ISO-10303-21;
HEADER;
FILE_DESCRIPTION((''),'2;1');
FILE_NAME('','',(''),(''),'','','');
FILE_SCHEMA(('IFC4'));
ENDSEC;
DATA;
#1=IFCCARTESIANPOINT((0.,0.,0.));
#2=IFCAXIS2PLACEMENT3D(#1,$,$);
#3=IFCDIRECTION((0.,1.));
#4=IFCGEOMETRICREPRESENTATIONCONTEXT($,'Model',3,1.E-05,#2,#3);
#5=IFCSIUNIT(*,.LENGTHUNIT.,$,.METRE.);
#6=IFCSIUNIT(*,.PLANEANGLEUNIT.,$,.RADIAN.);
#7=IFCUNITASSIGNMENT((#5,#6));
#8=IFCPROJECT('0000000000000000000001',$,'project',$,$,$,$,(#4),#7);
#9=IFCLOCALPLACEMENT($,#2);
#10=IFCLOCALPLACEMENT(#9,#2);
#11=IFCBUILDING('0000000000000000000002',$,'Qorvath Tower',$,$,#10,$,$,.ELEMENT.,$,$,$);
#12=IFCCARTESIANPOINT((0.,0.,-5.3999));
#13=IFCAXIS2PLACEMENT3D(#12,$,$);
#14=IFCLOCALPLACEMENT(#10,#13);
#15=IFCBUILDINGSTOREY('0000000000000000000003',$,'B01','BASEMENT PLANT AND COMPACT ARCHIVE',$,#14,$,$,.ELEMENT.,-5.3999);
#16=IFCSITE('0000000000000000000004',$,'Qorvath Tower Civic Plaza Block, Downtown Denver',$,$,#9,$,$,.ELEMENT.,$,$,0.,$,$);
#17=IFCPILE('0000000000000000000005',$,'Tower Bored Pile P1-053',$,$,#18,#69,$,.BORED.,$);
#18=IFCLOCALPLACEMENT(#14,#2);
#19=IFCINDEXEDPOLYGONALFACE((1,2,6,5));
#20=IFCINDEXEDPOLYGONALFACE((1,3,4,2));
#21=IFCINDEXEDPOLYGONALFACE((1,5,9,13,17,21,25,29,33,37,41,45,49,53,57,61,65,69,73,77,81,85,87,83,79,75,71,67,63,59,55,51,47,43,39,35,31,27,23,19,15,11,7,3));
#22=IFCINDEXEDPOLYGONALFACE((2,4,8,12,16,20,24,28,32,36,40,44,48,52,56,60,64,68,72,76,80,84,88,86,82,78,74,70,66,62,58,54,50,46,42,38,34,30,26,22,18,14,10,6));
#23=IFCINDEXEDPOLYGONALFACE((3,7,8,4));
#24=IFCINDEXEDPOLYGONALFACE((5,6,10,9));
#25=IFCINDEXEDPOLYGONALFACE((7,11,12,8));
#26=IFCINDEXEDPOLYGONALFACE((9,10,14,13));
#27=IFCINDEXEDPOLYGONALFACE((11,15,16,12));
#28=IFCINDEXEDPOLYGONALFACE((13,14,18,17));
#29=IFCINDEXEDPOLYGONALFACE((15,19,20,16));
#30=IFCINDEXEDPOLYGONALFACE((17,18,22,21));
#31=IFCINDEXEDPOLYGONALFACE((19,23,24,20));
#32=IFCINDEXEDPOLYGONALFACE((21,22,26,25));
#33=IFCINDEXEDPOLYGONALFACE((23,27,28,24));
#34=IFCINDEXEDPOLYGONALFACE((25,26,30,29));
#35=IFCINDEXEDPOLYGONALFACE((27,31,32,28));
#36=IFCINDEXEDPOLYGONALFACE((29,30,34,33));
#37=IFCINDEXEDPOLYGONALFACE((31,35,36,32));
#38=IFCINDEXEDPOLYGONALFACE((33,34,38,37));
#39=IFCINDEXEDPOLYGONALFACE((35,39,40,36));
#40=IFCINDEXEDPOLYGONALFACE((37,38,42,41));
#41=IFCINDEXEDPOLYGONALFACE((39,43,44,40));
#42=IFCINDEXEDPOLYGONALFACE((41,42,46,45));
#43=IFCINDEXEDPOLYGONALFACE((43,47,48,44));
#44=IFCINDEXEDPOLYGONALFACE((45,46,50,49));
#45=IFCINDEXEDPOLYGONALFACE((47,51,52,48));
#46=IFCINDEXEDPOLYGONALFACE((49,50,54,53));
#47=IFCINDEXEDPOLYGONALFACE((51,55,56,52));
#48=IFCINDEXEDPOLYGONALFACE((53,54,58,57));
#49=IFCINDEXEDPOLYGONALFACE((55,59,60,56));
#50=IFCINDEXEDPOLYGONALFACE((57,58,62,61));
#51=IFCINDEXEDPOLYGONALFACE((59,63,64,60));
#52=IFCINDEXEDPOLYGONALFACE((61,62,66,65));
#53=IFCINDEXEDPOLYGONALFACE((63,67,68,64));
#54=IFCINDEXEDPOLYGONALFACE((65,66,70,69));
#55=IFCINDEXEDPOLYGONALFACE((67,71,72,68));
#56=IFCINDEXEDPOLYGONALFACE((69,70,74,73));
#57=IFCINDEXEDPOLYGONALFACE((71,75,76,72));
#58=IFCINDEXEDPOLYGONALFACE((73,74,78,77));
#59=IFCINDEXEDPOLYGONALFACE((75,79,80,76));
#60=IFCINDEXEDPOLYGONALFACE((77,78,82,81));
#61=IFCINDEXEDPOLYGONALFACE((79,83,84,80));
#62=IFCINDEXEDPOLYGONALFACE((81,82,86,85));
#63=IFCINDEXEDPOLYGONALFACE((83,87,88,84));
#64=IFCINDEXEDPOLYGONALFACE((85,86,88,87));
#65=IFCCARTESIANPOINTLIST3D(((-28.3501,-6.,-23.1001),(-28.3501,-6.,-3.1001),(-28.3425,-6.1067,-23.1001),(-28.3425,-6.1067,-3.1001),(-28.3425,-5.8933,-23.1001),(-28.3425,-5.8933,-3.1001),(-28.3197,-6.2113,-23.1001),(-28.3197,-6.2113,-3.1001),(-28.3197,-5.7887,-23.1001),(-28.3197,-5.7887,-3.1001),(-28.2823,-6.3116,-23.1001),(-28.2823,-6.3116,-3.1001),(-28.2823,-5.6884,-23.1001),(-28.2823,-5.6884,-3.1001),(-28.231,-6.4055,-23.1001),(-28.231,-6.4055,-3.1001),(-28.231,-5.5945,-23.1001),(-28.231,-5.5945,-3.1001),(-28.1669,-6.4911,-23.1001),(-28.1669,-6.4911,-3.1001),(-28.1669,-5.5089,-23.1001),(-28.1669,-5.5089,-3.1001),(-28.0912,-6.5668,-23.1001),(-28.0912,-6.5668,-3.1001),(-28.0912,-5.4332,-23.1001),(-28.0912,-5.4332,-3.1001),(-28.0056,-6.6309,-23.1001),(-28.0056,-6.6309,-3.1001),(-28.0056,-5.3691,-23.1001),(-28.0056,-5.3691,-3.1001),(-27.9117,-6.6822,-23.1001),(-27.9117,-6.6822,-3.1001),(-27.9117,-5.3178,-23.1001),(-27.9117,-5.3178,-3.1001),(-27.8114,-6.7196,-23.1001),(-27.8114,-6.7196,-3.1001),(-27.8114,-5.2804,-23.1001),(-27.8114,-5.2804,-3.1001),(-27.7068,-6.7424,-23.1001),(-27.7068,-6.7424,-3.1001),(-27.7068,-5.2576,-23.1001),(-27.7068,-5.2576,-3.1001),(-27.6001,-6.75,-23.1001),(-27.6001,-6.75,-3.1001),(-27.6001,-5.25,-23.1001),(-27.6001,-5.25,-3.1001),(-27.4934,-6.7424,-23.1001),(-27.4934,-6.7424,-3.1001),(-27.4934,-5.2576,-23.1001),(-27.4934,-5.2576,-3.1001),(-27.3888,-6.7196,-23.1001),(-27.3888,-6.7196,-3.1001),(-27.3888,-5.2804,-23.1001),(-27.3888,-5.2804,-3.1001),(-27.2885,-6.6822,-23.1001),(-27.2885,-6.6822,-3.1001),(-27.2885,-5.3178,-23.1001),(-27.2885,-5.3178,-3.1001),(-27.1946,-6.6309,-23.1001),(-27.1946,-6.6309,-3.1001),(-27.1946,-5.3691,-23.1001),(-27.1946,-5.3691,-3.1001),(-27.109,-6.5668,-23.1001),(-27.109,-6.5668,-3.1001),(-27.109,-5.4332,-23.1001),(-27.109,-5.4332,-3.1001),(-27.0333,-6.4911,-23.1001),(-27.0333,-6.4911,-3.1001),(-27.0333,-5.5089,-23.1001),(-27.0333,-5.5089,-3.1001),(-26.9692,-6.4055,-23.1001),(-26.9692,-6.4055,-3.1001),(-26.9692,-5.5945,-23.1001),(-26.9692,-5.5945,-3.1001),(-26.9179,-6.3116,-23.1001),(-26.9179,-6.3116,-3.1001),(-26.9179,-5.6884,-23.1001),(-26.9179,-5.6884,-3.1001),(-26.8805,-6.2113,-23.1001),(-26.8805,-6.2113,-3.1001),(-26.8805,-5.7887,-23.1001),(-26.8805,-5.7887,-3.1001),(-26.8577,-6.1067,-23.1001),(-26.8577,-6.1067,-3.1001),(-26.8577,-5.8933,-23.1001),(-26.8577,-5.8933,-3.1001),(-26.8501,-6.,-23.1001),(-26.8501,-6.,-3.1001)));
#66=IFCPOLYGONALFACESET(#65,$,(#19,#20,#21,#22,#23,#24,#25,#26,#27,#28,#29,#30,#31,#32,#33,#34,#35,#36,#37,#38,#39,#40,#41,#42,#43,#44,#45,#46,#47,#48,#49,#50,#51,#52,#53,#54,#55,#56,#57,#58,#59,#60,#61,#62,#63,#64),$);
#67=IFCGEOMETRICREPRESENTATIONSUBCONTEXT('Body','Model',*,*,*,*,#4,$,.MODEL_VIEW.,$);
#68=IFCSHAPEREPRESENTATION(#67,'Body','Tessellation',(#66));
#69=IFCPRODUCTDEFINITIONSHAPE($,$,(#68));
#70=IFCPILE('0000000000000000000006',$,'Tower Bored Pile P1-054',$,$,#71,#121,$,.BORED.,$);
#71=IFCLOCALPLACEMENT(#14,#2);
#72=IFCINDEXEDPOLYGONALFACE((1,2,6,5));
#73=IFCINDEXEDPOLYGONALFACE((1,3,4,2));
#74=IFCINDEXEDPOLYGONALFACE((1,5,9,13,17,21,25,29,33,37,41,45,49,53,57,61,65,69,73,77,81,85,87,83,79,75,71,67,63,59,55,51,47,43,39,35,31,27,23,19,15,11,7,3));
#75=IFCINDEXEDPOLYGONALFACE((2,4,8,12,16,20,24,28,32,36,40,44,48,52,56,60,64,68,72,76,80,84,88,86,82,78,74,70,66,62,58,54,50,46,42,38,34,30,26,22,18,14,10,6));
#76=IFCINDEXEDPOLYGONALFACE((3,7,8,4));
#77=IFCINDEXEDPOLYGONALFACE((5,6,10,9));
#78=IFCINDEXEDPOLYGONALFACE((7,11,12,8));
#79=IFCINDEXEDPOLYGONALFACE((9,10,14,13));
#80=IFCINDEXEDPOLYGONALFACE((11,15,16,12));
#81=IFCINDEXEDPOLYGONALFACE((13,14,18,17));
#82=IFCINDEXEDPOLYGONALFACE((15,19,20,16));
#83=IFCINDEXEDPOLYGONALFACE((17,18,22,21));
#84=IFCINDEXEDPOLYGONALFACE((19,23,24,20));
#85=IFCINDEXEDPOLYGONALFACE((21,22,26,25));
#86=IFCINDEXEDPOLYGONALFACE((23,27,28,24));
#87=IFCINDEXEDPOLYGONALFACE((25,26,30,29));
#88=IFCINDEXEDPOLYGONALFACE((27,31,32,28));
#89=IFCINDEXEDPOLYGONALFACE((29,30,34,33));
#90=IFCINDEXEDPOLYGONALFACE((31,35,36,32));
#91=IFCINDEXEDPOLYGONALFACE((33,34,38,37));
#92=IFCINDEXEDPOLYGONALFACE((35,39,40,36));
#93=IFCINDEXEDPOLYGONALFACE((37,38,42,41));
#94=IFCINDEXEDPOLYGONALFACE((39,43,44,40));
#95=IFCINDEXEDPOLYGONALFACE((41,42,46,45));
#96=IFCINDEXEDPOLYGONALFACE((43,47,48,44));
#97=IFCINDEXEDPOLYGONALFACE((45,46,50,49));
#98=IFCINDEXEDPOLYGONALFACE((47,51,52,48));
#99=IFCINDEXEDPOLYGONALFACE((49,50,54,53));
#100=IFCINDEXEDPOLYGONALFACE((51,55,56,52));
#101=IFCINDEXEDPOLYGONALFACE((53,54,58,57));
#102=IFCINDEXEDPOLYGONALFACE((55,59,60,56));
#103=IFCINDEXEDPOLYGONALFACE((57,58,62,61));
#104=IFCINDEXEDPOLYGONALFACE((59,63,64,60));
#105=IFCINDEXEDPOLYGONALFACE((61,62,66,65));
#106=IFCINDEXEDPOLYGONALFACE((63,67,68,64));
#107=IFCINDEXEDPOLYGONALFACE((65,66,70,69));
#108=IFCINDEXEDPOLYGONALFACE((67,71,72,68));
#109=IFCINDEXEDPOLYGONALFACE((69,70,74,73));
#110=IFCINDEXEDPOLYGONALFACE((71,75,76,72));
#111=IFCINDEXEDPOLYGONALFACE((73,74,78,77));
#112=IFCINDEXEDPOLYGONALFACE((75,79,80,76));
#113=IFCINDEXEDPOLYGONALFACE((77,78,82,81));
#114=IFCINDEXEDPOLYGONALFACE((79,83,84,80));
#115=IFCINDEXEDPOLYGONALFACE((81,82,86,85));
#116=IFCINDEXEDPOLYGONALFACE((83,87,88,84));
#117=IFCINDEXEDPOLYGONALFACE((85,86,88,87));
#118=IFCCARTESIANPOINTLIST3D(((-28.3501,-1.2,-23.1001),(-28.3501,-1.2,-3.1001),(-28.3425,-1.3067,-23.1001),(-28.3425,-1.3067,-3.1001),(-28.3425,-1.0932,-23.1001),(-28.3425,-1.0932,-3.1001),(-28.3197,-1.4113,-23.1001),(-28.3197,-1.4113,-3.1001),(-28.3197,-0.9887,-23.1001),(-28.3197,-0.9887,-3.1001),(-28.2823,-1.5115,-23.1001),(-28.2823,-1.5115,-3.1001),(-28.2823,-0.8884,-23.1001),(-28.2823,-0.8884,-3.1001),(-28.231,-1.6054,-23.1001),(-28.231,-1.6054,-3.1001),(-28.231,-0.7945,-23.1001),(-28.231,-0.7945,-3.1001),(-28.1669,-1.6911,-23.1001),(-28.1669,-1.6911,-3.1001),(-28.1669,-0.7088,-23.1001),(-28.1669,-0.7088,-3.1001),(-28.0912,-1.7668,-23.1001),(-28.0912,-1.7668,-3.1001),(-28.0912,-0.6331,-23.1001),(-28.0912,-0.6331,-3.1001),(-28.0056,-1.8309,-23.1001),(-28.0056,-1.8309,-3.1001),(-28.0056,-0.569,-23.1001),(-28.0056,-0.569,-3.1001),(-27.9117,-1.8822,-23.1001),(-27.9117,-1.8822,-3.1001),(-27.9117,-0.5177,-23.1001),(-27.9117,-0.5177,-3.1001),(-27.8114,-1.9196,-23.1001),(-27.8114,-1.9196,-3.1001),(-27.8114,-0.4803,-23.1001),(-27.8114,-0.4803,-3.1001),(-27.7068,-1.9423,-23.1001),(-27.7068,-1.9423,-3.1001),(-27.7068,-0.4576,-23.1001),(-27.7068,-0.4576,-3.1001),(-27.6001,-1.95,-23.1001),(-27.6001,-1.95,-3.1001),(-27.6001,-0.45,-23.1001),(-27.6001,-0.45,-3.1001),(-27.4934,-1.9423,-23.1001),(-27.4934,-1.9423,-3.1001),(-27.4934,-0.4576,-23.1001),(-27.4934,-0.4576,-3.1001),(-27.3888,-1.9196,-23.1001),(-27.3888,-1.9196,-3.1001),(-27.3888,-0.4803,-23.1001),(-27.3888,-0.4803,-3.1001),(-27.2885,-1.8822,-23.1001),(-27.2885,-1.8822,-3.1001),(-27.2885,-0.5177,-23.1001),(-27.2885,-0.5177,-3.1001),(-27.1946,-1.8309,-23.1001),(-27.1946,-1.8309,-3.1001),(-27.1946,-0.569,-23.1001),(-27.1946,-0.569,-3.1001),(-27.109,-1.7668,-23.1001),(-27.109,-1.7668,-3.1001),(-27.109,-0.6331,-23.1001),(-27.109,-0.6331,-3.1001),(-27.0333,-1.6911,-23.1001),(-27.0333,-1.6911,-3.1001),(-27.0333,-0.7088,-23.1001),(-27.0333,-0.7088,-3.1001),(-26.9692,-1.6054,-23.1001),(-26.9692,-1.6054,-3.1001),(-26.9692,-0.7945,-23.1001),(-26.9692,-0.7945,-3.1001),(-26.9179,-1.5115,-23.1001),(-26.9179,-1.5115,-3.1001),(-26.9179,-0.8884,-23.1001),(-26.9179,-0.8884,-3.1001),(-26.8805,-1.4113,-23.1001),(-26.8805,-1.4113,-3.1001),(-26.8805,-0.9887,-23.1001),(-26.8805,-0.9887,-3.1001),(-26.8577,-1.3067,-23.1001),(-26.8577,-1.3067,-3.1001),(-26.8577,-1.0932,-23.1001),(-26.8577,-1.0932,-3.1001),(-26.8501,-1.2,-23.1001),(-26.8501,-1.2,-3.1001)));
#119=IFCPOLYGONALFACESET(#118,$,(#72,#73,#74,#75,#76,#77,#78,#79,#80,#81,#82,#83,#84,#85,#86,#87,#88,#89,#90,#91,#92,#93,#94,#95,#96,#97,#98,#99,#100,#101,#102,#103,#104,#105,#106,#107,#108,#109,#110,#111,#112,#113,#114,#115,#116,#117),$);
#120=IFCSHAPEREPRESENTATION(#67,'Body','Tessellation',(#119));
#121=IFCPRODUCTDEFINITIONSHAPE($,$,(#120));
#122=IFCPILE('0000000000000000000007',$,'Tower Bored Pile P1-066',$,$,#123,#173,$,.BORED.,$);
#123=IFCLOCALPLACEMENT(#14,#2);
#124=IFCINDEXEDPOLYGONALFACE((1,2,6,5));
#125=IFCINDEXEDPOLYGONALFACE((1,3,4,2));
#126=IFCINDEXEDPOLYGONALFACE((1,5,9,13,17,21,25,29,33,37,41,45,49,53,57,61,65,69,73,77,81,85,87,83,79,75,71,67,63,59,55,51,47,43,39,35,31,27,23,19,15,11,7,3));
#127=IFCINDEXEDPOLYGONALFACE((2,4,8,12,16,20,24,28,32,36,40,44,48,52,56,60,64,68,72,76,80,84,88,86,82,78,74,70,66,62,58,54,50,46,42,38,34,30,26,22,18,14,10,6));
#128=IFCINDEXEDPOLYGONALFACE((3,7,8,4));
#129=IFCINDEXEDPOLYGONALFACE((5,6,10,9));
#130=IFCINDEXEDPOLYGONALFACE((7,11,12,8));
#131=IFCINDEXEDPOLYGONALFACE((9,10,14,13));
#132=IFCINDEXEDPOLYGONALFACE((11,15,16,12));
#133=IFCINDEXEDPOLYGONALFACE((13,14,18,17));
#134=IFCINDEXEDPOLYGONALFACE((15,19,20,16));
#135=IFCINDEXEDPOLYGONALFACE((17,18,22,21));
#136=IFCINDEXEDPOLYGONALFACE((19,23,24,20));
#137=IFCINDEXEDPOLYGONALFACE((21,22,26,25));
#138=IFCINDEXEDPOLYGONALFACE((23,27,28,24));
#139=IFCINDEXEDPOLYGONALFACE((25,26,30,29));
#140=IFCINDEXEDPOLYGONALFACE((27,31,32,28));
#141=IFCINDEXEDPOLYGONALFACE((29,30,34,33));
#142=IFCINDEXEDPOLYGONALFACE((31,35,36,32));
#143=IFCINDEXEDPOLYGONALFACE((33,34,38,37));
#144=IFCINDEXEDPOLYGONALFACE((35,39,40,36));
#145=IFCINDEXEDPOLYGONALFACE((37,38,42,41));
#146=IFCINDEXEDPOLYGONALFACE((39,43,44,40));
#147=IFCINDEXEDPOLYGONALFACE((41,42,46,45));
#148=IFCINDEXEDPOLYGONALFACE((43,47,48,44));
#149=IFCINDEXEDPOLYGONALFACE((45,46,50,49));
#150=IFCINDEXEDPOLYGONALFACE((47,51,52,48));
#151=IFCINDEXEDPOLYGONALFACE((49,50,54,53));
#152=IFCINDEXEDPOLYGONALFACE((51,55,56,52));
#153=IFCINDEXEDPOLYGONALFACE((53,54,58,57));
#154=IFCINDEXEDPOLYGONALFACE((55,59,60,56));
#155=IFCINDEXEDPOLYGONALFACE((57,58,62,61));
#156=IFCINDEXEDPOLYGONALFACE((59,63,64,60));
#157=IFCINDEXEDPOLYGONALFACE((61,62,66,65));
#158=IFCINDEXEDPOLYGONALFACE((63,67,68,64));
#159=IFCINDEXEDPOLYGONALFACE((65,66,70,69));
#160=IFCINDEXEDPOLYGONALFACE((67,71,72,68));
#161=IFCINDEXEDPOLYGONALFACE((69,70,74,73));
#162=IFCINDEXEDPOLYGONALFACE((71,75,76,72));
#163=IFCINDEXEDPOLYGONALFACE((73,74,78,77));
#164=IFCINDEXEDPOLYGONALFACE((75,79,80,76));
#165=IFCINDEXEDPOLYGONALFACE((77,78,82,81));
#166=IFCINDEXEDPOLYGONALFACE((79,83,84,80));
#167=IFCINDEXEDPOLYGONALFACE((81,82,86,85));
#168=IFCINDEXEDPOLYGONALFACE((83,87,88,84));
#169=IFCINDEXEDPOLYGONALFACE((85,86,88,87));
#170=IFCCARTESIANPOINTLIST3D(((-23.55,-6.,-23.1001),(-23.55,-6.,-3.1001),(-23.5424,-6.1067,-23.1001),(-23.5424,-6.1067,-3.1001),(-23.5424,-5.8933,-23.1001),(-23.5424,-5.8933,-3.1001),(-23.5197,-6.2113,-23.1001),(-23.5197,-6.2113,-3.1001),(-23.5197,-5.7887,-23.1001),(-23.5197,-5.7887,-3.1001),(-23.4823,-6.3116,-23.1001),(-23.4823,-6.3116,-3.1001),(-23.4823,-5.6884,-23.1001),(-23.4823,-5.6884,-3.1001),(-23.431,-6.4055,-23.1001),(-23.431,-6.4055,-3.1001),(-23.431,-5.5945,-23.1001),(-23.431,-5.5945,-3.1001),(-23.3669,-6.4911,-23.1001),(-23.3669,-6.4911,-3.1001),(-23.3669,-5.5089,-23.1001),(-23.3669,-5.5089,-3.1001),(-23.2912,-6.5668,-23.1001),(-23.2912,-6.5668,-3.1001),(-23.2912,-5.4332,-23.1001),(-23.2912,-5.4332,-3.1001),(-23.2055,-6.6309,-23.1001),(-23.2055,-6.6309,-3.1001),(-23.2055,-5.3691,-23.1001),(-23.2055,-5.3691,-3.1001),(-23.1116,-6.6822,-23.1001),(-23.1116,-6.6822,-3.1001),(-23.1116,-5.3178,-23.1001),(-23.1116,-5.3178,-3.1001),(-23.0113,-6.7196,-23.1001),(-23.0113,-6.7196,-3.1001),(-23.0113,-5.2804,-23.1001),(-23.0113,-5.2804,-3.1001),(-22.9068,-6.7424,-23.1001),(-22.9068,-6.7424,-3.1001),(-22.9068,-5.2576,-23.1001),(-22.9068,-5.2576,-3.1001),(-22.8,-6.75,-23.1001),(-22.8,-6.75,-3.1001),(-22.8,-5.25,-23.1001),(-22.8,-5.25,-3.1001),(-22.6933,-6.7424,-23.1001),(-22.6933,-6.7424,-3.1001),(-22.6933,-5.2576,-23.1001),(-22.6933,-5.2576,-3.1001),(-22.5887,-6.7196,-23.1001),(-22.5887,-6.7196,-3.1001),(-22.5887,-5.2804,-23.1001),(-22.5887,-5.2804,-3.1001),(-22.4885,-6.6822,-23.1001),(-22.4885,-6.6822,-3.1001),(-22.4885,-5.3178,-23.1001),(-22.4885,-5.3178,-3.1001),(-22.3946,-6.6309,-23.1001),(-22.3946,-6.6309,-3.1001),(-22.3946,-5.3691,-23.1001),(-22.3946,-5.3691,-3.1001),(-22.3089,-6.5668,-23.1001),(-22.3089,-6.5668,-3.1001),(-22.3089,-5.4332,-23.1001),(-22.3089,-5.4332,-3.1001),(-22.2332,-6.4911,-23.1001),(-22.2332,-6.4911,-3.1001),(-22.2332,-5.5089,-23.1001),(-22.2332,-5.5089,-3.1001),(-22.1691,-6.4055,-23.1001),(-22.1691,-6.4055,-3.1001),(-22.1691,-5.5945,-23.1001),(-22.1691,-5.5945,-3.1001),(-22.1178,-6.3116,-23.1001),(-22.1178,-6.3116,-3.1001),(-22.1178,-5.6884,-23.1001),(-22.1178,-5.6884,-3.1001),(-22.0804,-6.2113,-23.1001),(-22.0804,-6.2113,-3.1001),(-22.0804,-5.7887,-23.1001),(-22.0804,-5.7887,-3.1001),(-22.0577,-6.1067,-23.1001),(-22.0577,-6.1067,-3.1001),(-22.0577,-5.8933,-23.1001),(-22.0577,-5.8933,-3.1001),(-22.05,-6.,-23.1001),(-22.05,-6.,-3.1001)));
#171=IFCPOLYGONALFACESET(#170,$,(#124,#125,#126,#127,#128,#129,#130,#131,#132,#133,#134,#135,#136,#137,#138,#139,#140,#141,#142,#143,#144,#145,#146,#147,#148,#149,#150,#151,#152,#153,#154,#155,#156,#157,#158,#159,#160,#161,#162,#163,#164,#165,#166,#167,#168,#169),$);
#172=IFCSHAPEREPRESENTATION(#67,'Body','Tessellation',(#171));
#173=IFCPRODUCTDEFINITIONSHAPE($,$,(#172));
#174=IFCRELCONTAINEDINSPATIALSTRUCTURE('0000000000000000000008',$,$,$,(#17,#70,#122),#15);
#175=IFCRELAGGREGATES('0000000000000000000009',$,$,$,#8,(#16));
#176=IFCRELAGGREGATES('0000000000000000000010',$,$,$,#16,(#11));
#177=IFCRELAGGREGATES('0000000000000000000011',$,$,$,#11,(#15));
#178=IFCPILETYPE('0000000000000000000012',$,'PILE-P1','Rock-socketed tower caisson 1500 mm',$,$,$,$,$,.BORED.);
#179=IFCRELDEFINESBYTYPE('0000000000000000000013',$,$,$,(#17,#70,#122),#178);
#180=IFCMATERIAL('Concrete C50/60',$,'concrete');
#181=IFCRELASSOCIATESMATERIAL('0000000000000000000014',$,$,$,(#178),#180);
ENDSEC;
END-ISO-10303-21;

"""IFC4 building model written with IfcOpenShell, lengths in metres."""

from ifc_helpers import new_model, si_unit, direction, frame, origin, origin_2d, place, context, subcontext, project, spatial, circle, extrude, material, material_profile, profile_set, type_object, element, save


model = new_model("IFC4")

# Units and contexts
model_context = context("Model", 3, precision=1e-05, world=origin(), true_north=direction((0.0, 1.0)))
body_context = subcontext(model_context, "Body", "Model", "MODEL_VIEW")
ifc_project = project(units=[si_unit("LENGTHUNIT", "METRE"), si_unit("PLANEANGLEUNIT", "RADIAN")], contexts=[model_context])

# Site, building, storey
site_placement = place(None, origin())
site = spatial("IfcSite", under=ifc_project, at=site_placement, Name="Qorvath Tower Civic Plaza Block, Downtown Denver", CompositionType="ELEMENT", RefElevation=0.0)
building_placement = place(site_placement, origin())
building = spatial("IfcBuilding", under=site, at=building_placement, Name="Qorvath Tower", CompositionType="ELEMENT")
storey_placement = place(building_placement, frame((0.0, 0.0, -5.3999)))
storey = spatial("IfcBuildingStorey", under=building, at=storey_placement, Name="B01", Description="BASEMENT PLANT AND COMPACT ARCHIVE", CompositionType="ELEMENT", Elevation=-5.3999)

# Piles
ifc_material_1 = material(Name="Concrete C50/60", Category="concrete")
ifc_material_profile_1 = material_profile(ifc_material_1, circle(Radius=0.75, at=origin_2d()), Name="BORED PILE 1500")
ifc_profile_set_1 = profile_set([ifc_material_profile_1], Name="Concrete C50/60")
pile_type = type_object("IfcPileType", Name="PILE-P1", Description="Rock-socketed tower caisson 1500 mm", PredefinedType="BORED", material=ifc_profile_set_1)
for number, where, z_axis, x_axis, name in (
    (1, (-27.6001, -6.0, -3.1001), (0.0, 0.0, -1.0), (1.0, 0.0, 0.0), "Tower Bored Pile P1-053"),
    (2, (-27.6001, -1.2, -3.1001), (0.0, 0.0, -1.0), (1.0, 0.0, 0.0), "Tower Bored Pile P1-054"),
    (3, (-22.8, -6.0, -3.1001), (0.0, 0.0, -1.0), (1.0, 0.0, 0.0), "Tower Bored Pile P1-066"),
):
    element("IfcPile", number, at=place(storey_placement, frame(where, z_axis=z_axis, x_axis=x_axis)), inside=storey, type_object=pile_type, Name=name, PredefinedType="BORED", context=body_context, shape_type="SweptSolid", body=[
        extrude(circle(Radius=0.75, at=origin_2d()), origin(), (0.0, 0.0, 1.0), 20.0),
    ])

save(model, "model.ifc")
